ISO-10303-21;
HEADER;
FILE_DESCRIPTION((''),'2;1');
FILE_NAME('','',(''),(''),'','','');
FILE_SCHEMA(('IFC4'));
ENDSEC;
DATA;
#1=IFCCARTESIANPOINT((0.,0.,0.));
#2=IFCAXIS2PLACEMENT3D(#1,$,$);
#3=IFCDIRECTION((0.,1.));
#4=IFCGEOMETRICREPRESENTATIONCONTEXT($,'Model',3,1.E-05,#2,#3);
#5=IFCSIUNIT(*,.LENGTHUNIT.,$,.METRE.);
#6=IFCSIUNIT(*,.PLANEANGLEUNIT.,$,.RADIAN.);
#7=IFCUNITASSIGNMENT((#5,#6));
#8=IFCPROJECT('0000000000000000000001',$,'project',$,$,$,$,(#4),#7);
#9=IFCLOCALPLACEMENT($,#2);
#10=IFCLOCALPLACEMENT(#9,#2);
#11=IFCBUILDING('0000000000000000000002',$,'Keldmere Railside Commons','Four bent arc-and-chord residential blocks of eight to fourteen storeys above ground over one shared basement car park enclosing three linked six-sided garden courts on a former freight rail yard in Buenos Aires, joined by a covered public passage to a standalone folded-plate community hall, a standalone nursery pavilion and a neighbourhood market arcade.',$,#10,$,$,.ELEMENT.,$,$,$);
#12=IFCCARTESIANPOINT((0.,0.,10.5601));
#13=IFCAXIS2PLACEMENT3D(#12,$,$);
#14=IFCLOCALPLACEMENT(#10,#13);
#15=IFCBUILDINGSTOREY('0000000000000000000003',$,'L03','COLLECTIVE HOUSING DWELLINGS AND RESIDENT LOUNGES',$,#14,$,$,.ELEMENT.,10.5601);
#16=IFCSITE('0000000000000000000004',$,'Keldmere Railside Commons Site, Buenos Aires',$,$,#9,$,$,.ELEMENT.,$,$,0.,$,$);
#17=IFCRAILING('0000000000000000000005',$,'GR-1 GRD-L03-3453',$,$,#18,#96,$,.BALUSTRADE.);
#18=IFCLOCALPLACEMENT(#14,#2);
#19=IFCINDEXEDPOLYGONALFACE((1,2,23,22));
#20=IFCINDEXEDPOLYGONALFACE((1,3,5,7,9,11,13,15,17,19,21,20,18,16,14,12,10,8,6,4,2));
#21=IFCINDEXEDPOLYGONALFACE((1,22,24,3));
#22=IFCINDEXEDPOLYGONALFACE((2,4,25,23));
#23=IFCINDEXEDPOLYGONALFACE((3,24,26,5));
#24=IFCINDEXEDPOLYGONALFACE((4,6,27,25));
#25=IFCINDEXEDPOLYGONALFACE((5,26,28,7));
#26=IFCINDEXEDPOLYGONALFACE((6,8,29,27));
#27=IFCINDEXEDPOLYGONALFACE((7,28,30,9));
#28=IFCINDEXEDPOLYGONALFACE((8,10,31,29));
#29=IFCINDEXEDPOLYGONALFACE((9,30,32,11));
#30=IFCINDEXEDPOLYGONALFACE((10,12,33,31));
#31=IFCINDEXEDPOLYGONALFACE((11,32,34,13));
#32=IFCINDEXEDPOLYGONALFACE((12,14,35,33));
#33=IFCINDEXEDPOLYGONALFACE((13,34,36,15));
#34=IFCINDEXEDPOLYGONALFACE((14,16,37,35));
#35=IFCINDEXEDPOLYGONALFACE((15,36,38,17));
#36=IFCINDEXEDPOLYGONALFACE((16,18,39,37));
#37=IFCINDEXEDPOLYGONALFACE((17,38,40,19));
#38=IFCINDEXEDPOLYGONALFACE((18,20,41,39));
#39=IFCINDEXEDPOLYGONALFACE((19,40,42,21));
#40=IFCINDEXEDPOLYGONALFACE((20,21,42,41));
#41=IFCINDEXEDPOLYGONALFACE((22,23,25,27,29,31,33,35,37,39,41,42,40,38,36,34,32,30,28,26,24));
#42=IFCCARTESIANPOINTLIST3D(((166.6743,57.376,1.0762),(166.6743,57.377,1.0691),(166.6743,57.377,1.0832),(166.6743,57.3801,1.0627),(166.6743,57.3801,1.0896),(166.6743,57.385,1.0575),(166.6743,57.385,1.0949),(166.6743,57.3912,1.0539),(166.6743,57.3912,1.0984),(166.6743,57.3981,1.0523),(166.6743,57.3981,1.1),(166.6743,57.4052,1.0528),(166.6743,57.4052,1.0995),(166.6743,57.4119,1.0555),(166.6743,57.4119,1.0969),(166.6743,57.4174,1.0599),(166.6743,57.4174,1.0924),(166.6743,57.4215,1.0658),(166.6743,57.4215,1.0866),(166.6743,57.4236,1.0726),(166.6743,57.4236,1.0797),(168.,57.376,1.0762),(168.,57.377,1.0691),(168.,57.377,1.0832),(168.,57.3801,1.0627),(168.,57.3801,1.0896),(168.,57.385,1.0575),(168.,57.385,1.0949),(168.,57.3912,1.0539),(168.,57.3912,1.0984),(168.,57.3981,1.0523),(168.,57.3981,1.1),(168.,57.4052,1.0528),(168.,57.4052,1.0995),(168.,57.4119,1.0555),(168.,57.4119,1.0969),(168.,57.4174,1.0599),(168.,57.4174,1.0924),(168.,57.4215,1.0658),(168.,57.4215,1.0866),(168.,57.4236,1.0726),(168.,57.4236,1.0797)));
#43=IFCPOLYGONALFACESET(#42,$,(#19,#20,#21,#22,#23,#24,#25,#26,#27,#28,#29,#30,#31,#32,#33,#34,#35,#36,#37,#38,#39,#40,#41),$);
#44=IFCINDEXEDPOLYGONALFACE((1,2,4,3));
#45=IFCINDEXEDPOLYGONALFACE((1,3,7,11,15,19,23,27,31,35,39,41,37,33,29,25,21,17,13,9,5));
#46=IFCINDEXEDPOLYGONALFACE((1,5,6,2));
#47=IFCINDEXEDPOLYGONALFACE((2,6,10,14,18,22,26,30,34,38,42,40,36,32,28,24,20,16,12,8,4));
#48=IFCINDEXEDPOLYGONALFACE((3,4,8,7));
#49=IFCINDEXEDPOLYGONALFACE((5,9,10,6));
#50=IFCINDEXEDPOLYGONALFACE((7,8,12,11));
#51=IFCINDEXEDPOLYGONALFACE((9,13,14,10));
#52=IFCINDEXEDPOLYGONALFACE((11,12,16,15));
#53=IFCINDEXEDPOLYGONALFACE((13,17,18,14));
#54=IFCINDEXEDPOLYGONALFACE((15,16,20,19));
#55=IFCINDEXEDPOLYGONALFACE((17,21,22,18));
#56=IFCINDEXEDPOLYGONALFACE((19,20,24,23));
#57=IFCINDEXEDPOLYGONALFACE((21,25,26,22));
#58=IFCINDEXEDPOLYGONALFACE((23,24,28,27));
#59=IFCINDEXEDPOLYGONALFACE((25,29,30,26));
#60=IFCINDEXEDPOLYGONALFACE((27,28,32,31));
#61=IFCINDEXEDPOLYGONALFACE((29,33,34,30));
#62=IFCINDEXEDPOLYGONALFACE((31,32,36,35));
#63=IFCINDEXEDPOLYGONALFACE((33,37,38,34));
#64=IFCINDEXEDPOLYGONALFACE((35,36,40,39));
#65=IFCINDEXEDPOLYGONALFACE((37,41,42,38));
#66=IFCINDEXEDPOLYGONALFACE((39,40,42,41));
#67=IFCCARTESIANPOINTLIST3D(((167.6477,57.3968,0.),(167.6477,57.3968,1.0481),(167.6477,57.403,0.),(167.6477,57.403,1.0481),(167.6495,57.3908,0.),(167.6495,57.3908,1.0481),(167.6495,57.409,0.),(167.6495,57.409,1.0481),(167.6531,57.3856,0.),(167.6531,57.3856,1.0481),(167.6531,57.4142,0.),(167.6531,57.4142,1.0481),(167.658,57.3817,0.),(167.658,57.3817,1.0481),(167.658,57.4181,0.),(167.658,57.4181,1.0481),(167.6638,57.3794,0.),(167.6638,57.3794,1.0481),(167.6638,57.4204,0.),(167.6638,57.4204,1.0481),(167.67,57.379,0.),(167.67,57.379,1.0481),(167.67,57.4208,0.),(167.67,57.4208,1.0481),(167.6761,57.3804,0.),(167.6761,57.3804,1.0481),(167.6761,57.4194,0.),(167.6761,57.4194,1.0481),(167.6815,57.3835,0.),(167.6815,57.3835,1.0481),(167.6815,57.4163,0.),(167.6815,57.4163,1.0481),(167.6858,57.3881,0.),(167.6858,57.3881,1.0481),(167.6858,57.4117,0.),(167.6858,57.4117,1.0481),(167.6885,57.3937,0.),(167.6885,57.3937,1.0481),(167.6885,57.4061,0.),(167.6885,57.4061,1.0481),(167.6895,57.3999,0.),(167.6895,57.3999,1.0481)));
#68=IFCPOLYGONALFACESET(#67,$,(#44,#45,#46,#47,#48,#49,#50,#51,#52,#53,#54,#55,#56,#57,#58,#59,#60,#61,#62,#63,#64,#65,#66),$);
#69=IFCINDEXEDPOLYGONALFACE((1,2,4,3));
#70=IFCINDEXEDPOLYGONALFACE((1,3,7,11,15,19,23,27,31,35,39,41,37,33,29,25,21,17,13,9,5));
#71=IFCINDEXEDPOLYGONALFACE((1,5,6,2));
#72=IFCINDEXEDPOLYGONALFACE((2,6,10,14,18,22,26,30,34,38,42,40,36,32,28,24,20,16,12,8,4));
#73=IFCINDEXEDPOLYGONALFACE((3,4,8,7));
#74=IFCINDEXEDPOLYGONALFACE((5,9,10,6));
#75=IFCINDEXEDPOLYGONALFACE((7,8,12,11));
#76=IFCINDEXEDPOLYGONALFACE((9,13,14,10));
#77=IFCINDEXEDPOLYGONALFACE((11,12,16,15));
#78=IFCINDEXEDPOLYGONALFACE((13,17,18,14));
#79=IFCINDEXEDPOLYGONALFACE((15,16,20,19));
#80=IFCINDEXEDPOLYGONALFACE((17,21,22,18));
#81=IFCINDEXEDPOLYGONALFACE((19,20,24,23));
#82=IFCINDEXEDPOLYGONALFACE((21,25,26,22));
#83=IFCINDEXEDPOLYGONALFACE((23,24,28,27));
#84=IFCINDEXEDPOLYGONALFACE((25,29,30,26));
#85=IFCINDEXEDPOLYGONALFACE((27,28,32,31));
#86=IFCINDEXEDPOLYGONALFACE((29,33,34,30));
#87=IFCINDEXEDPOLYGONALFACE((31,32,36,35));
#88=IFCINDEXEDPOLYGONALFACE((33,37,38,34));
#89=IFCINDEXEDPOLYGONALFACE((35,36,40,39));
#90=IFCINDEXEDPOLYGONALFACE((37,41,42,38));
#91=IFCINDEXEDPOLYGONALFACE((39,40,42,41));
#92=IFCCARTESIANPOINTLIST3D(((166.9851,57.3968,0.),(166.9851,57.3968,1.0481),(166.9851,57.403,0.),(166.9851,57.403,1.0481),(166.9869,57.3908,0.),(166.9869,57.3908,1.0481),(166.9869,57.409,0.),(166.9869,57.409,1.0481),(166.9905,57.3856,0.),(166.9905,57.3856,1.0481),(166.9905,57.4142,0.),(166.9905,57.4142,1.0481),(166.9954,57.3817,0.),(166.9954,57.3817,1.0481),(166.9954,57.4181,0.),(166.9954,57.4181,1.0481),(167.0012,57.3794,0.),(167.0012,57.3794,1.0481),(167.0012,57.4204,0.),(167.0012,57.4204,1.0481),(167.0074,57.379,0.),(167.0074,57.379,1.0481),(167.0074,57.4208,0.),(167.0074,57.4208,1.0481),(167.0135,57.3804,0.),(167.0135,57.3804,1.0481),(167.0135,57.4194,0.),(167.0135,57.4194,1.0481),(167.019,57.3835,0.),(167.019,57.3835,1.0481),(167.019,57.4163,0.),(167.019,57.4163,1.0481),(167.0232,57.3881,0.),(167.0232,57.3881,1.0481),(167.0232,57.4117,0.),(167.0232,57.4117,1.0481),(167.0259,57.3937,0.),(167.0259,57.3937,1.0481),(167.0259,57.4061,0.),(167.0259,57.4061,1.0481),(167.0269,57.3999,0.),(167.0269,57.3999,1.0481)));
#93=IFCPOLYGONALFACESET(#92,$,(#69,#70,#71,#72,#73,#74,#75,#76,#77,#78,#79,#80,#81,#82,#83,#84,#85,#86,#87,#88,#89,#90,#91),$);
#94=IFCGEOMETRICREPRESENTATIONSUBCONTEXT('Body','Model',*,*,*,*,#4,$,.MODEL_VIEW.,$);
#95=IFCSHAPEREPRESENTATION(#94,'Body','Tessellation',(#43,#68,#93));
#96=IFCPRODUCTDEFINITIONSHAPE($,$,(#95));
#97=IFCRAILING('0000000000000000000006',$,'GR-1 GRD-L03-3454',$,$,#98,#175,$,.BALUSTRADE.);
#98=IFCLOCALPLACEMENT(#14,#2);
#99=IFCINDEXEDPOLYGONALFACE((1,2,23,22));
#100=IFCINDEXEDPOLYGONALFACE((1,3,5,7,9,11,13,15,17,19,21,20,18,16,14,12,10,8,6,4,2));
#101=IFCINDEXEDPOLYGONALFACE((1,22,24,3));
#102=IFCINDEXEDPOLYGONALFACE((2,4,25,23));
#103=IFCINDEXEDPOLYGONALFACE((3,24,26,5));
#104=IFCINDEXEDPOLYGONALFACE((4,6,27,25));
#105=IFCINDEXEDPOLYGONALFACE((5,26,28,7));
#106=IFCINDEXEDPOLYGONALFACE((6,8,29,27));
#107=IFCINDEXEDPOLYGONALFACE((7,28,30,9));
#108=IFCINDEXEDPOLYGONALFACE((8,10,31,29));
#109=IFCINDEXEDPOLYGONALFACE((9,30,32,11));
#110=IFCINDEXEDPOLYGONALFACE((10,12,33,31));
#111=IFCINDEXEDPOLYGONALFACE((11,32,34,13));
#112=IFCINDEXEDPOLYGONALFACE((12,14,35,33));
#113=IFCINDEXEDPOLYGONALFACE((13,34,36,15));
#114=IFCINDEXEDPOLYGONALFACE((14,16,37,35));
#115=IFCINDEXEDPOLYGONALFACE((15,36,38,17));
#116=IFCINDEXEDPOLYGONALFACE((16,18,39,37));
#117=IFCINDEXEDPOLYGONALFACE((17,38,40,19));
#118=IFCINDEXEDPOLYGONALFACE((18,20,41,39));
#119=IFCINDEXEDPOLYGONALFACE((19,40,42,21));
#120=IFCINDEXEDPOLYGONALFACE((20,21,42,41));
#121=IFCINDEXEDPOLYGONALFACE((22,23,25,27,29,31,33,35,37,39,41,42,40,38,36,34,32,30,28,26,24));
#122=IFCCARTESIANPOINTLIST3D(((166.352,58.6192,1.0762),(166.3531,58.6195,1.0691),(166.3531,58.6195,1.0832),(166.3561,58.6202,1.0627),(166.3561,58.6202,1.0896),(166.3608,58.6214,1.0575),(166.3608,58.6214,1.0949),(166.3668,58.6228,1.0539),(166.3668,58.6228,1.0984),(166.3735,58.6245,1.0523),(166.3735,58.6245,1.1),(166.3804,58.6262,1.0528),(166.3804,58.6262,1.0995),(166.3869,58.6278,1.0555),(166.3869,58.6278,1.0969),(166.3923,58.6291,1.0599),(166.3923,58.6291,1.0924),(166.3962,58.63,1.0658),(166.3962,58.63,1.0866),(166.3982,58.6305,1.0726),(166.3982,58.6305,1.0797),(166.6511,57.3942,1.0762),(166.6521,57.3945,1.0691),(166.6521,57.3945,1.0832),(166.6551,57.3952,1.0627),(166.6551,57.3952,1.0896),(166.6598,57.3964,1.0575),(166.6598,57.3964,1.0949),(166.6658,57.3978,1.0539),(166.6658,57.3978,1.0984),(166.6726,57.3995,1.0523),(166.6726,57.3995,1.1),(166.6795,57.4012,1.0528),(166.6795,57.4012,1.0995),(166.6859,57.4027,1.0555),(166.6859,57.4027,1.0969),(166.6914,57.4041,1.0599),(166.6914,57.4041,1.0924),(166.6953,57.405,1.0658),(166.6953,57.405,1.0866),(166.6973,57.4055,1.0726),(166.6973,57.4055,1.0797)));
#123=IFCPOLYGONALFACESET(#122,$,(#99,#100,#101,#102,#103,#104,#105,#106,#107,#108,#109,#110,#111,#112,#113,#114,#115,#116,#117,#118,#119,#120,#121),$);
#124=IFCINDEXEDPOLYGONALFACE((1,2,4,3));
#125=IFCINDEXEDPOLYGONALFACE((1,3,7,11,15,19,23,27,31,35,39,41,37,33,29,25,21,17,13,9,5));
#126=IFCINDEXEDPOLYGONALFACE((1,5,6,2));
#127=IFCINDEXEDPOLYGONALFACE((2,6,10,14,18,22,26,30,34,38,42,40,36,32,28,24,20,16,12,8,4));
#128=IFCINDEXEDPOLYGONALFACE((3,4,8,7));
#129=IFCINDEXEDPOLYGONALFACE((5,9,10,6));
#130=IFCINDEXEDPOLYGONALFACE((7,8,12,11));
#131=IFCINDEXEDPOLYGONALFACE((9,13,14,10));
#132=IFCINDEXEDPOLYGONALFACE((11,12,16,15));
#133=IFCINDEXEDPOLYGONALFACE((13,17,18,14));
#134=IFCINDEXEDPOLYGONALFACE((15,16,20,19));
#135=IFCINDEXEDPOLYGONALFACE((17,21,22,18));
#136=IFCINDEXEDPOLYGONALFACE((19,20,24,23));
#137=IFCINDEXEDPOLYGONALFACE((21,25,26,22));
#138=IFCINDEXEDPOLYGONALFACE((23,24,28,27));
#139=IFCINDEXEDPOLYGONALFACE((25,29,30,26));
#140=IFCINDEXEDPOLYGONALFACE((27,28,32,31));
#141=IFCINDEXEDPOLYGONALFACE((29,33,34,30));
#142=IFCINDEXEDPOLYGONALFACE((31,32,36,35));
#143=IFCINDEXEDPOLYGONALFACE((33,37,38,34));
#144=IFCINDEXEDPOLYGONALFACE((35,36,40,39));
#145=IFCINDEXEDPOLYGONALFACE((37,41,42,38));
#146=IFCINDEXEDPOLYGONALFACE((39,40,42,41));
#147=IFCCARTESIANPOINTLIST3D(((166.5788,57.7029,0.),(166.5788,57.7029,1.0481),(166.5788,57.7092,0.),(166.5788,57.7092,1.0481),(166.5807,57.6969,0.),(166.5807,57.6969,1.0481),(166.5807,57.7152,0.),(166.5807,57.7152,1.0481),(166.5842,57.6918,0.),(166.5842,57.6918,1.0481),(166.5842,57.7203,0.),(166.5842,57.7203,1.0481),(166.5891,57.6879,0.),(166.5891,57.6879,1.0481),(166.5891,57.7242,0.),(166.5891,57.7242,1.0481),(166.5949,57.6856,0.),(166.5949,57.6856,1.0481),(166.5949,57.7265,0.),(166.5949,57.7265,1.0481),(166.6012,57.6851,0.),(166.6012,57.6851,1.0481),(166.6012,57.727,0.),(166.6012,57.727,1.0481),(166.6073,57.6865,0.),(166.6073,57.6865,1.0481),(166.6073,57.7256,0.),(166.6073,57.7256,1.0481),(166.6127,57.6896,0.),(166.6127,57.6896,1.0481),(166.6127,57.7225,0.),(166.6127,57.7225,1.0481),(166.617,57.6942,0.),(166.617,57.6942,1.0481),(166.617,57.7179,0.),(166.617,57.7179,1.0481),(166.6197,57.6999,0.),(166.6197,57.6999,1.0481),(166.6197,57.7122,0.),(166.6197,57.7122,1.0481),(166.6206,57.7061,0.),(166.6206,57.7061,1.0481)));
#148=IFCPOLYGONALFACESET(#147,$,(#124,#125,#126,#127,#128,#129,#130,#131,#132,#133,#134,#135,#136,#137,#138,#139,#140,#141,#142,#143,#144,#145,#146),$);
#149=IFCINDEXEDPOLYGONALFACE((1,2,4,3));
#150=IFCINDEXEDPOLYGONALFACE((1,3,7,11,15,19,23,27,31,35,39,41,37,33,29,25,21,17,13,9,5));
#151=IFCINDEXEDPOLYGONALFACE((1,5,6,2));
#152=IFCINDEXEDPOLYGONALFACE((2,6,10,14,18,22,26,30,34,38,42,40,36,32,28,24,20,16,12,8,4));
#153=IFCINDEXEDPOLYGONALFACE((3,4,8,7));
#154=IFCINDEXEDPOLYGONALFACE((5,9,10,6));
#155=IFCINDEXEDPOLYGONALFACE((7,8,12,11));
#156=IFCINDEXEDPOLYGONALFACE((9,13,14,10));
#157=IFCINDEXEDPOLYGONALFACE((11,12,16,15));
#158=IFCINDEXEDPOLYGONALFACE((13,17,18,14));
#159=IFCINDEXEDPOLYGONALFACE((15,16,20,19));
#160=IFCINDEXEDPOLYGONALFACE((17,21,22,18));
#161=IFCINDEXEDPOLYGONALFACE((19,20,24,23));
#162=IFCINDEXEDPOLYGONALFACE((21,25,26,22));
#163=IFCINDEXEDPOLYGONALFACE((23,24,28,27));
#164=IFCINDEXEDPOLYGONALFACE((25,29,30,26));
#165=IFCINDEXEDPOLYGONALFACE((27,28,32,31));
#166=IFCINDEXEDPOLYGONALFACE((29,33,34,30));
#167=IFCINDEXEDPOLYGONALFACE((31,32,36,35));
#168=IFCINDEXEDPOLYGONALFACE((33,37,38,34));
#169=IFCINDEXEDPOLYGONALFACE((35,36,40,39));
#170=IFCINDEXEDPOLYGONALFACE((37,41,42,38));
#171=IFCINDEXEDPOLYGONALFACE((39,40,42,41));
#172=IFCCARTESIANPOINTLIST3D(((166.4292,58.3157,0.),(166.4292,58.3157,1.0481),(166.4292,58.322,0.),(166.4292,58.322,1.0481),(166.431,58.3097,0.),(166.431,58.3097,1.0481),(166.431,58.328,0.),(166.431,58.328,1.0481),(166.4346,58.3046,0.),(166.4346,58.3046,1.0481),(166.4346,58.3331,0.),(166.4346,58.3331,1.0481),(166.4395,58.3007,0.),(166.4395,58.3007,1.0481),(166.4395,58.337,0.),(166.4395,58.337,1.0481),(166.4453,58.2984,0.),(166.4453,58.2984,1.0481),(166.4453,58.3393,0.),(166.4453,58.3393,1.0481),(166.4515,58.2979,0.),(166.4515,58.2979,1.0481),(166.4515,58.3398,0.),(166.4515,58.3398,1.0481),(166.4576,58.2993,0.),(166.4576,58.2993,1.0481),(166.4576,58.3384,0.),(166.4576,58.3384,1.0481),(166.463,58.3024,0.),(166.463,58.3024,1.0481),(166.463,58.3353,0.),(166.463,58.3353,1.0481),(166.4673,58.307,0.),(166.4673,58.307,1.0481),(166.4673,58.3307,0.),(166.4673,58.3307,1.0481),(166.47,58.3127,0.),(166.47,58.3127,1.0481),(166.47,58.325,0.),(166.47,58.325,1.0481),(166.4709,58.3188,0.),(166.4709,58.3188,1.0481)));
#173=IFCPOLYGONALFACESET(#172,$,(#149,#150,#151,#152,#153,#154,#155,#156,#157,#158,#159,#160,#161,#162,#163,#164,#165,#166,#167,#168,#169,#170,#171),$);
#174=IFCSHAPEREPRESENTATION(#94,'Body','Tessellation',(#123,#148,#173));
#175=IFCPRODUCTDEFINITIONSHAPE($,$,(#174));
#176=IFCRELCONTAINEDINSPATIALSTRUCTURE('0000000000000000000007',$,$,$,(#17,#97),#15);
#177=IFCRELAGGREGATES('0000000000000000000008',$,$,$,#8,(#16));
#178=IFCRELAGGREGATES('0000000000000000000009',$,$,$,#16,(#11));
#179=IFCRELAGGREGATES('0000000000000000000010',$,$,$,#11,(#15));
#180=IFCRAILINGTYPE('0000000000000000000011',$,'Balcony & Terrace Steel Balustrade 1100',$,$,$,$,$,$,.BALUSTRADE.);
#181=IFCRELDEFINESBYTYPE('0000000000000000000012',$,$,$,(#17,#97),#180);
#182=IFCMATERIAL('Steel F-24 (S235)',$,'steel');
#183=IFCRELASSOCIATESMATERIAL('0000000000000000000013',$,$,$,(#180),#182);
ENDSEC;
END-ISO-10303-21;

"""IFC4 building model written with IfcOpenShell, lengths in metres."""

from ifc_helpers import new_model, si_unit, direction, frame, origin, origin_2d, place, context, subcontext, project, spatial, circle, extrude, material, type_object, element, save


model = new_model("IFC4")

# Units and contexts
model_context = context("Model", 3, precision=1e-05, world=origin(), true_north=direction((0.0, 1.0)))
body_context = subcontext(model_context, "Body", "Model", "MODEL_VIEW")
ifc_project = project(units=[si_unit("LENGTHUNIT", "METRE"), si_unit("PLANEANGLEUNIT", "RADIAN")], contexts=[model_context])

# Site, building, storey
site_placement = place(None, origin())
site = spatial("IfcSite", under=ifc_project, at=site_placement, Name="Keldmere Railside Commons Site, Buenos Aires", CompositionType="ELEMENT", RefElevation=0.0)
building_placement = place(site_placement, origin())
building = spatial("IfcBuilding", under=site, at=building_placement, Name="Keldmere Railside Commons", Description="Four bent arc-and-chord residential blocks of eight to fourteen storeys above ground over one shared basement car park enclosing three linked six-sided garden courts on a former freight rail yard in Buenos Aires, joined by a covered public passage to a standalone folded-plate community hall, a standalone nursery pavilion and a neighbourhood market arcade.", CompositionType="ELEMENT")
storey_placement = place(building_placement, frame((0.0, 0.0, 10.5601)))
storey = spatial("IfcBuildingStorey", under=building, at=storey_placement, Name="L03", Description="COLLECTIVE HOUSING DWELLINGS AND RESIDENT LOUNGES", CompositionType="ELEMENT", Elevation=10.5601)

# Railings
ifc_material_1 = material(Name="Steel F-24 (S235)", Category="steel")
railing_type = type_object("IfcRailingType", Name="Balcony & Terrace Steel Balustrade 1100", PredefinedType="BALUSTRADE", material=ifc_material_1)
railing_1_placement = place(storey_placement, frame((168.0, 57.3999, 0.0)))
element("IfcRailing", 1, at=railing_1_placement, inside=storey, type_object=railing_type, Name="GR-1 GRD-L03-3453", PredefinedType="BALUSTRADE", context=body_context, shape_type="SweptSolid", body=[
    extrude(circle(Radius=0.0239, at=origin_2d()), frame((0.0, 0.0, 1.0762), z_axis=(-1.0, 0.0, 0.0), x_axis=(0.0, -1.0, 0.0)), (0.0, 0.0, 1.0), 1.3257),
    extrude(circle(Radius=0.021, at=origin_2d()), frame((-0.3315, 0.0, 0.0)), (0.0, 0.0, 1.0), 1.0481),
    extrude(circle(Radius=0.021, at=origin_2d()), frame((-0.9941, 0.0, 0.0)), (0.0, 0.0, 1.0), 1.0481),
])
railing_2_placement = place(storey_placement, frame((166.6743, 57.3999, 0.0)))
element("IfcRailing", 2, at=railing_2_placement, inside=storey, type_object=railing_type, Name="GR-1 GRD-L03-3454", PredefinedType="BALUSTRADE", context=body_context, shape_type="SweptSolid", body=[
    extrude(circle(Radius=0.0239, at=origin_2d()), frame((0.0, 0.0, 1.0762), z_axis=(-0.237157, 0.971471, 0.0), x_axis=(-0.971471, -0.237157, 0.0)), (0.0, 0.0, 1.0), 1.261),
    extrude(circle(Radius=0.021, at=origin_2d()), frame((-0.0747, 0.3062, 0.0)), (0.0, 0.0, 1.0), 1.0481),
    extrude(circle(Radius=0.021, at=origin_2d()), frame((-0.2244, 0.9189, 0.0)), (0.0, 0.0, 1.0), 1.0481),
])

save(model, "model.ifc")
